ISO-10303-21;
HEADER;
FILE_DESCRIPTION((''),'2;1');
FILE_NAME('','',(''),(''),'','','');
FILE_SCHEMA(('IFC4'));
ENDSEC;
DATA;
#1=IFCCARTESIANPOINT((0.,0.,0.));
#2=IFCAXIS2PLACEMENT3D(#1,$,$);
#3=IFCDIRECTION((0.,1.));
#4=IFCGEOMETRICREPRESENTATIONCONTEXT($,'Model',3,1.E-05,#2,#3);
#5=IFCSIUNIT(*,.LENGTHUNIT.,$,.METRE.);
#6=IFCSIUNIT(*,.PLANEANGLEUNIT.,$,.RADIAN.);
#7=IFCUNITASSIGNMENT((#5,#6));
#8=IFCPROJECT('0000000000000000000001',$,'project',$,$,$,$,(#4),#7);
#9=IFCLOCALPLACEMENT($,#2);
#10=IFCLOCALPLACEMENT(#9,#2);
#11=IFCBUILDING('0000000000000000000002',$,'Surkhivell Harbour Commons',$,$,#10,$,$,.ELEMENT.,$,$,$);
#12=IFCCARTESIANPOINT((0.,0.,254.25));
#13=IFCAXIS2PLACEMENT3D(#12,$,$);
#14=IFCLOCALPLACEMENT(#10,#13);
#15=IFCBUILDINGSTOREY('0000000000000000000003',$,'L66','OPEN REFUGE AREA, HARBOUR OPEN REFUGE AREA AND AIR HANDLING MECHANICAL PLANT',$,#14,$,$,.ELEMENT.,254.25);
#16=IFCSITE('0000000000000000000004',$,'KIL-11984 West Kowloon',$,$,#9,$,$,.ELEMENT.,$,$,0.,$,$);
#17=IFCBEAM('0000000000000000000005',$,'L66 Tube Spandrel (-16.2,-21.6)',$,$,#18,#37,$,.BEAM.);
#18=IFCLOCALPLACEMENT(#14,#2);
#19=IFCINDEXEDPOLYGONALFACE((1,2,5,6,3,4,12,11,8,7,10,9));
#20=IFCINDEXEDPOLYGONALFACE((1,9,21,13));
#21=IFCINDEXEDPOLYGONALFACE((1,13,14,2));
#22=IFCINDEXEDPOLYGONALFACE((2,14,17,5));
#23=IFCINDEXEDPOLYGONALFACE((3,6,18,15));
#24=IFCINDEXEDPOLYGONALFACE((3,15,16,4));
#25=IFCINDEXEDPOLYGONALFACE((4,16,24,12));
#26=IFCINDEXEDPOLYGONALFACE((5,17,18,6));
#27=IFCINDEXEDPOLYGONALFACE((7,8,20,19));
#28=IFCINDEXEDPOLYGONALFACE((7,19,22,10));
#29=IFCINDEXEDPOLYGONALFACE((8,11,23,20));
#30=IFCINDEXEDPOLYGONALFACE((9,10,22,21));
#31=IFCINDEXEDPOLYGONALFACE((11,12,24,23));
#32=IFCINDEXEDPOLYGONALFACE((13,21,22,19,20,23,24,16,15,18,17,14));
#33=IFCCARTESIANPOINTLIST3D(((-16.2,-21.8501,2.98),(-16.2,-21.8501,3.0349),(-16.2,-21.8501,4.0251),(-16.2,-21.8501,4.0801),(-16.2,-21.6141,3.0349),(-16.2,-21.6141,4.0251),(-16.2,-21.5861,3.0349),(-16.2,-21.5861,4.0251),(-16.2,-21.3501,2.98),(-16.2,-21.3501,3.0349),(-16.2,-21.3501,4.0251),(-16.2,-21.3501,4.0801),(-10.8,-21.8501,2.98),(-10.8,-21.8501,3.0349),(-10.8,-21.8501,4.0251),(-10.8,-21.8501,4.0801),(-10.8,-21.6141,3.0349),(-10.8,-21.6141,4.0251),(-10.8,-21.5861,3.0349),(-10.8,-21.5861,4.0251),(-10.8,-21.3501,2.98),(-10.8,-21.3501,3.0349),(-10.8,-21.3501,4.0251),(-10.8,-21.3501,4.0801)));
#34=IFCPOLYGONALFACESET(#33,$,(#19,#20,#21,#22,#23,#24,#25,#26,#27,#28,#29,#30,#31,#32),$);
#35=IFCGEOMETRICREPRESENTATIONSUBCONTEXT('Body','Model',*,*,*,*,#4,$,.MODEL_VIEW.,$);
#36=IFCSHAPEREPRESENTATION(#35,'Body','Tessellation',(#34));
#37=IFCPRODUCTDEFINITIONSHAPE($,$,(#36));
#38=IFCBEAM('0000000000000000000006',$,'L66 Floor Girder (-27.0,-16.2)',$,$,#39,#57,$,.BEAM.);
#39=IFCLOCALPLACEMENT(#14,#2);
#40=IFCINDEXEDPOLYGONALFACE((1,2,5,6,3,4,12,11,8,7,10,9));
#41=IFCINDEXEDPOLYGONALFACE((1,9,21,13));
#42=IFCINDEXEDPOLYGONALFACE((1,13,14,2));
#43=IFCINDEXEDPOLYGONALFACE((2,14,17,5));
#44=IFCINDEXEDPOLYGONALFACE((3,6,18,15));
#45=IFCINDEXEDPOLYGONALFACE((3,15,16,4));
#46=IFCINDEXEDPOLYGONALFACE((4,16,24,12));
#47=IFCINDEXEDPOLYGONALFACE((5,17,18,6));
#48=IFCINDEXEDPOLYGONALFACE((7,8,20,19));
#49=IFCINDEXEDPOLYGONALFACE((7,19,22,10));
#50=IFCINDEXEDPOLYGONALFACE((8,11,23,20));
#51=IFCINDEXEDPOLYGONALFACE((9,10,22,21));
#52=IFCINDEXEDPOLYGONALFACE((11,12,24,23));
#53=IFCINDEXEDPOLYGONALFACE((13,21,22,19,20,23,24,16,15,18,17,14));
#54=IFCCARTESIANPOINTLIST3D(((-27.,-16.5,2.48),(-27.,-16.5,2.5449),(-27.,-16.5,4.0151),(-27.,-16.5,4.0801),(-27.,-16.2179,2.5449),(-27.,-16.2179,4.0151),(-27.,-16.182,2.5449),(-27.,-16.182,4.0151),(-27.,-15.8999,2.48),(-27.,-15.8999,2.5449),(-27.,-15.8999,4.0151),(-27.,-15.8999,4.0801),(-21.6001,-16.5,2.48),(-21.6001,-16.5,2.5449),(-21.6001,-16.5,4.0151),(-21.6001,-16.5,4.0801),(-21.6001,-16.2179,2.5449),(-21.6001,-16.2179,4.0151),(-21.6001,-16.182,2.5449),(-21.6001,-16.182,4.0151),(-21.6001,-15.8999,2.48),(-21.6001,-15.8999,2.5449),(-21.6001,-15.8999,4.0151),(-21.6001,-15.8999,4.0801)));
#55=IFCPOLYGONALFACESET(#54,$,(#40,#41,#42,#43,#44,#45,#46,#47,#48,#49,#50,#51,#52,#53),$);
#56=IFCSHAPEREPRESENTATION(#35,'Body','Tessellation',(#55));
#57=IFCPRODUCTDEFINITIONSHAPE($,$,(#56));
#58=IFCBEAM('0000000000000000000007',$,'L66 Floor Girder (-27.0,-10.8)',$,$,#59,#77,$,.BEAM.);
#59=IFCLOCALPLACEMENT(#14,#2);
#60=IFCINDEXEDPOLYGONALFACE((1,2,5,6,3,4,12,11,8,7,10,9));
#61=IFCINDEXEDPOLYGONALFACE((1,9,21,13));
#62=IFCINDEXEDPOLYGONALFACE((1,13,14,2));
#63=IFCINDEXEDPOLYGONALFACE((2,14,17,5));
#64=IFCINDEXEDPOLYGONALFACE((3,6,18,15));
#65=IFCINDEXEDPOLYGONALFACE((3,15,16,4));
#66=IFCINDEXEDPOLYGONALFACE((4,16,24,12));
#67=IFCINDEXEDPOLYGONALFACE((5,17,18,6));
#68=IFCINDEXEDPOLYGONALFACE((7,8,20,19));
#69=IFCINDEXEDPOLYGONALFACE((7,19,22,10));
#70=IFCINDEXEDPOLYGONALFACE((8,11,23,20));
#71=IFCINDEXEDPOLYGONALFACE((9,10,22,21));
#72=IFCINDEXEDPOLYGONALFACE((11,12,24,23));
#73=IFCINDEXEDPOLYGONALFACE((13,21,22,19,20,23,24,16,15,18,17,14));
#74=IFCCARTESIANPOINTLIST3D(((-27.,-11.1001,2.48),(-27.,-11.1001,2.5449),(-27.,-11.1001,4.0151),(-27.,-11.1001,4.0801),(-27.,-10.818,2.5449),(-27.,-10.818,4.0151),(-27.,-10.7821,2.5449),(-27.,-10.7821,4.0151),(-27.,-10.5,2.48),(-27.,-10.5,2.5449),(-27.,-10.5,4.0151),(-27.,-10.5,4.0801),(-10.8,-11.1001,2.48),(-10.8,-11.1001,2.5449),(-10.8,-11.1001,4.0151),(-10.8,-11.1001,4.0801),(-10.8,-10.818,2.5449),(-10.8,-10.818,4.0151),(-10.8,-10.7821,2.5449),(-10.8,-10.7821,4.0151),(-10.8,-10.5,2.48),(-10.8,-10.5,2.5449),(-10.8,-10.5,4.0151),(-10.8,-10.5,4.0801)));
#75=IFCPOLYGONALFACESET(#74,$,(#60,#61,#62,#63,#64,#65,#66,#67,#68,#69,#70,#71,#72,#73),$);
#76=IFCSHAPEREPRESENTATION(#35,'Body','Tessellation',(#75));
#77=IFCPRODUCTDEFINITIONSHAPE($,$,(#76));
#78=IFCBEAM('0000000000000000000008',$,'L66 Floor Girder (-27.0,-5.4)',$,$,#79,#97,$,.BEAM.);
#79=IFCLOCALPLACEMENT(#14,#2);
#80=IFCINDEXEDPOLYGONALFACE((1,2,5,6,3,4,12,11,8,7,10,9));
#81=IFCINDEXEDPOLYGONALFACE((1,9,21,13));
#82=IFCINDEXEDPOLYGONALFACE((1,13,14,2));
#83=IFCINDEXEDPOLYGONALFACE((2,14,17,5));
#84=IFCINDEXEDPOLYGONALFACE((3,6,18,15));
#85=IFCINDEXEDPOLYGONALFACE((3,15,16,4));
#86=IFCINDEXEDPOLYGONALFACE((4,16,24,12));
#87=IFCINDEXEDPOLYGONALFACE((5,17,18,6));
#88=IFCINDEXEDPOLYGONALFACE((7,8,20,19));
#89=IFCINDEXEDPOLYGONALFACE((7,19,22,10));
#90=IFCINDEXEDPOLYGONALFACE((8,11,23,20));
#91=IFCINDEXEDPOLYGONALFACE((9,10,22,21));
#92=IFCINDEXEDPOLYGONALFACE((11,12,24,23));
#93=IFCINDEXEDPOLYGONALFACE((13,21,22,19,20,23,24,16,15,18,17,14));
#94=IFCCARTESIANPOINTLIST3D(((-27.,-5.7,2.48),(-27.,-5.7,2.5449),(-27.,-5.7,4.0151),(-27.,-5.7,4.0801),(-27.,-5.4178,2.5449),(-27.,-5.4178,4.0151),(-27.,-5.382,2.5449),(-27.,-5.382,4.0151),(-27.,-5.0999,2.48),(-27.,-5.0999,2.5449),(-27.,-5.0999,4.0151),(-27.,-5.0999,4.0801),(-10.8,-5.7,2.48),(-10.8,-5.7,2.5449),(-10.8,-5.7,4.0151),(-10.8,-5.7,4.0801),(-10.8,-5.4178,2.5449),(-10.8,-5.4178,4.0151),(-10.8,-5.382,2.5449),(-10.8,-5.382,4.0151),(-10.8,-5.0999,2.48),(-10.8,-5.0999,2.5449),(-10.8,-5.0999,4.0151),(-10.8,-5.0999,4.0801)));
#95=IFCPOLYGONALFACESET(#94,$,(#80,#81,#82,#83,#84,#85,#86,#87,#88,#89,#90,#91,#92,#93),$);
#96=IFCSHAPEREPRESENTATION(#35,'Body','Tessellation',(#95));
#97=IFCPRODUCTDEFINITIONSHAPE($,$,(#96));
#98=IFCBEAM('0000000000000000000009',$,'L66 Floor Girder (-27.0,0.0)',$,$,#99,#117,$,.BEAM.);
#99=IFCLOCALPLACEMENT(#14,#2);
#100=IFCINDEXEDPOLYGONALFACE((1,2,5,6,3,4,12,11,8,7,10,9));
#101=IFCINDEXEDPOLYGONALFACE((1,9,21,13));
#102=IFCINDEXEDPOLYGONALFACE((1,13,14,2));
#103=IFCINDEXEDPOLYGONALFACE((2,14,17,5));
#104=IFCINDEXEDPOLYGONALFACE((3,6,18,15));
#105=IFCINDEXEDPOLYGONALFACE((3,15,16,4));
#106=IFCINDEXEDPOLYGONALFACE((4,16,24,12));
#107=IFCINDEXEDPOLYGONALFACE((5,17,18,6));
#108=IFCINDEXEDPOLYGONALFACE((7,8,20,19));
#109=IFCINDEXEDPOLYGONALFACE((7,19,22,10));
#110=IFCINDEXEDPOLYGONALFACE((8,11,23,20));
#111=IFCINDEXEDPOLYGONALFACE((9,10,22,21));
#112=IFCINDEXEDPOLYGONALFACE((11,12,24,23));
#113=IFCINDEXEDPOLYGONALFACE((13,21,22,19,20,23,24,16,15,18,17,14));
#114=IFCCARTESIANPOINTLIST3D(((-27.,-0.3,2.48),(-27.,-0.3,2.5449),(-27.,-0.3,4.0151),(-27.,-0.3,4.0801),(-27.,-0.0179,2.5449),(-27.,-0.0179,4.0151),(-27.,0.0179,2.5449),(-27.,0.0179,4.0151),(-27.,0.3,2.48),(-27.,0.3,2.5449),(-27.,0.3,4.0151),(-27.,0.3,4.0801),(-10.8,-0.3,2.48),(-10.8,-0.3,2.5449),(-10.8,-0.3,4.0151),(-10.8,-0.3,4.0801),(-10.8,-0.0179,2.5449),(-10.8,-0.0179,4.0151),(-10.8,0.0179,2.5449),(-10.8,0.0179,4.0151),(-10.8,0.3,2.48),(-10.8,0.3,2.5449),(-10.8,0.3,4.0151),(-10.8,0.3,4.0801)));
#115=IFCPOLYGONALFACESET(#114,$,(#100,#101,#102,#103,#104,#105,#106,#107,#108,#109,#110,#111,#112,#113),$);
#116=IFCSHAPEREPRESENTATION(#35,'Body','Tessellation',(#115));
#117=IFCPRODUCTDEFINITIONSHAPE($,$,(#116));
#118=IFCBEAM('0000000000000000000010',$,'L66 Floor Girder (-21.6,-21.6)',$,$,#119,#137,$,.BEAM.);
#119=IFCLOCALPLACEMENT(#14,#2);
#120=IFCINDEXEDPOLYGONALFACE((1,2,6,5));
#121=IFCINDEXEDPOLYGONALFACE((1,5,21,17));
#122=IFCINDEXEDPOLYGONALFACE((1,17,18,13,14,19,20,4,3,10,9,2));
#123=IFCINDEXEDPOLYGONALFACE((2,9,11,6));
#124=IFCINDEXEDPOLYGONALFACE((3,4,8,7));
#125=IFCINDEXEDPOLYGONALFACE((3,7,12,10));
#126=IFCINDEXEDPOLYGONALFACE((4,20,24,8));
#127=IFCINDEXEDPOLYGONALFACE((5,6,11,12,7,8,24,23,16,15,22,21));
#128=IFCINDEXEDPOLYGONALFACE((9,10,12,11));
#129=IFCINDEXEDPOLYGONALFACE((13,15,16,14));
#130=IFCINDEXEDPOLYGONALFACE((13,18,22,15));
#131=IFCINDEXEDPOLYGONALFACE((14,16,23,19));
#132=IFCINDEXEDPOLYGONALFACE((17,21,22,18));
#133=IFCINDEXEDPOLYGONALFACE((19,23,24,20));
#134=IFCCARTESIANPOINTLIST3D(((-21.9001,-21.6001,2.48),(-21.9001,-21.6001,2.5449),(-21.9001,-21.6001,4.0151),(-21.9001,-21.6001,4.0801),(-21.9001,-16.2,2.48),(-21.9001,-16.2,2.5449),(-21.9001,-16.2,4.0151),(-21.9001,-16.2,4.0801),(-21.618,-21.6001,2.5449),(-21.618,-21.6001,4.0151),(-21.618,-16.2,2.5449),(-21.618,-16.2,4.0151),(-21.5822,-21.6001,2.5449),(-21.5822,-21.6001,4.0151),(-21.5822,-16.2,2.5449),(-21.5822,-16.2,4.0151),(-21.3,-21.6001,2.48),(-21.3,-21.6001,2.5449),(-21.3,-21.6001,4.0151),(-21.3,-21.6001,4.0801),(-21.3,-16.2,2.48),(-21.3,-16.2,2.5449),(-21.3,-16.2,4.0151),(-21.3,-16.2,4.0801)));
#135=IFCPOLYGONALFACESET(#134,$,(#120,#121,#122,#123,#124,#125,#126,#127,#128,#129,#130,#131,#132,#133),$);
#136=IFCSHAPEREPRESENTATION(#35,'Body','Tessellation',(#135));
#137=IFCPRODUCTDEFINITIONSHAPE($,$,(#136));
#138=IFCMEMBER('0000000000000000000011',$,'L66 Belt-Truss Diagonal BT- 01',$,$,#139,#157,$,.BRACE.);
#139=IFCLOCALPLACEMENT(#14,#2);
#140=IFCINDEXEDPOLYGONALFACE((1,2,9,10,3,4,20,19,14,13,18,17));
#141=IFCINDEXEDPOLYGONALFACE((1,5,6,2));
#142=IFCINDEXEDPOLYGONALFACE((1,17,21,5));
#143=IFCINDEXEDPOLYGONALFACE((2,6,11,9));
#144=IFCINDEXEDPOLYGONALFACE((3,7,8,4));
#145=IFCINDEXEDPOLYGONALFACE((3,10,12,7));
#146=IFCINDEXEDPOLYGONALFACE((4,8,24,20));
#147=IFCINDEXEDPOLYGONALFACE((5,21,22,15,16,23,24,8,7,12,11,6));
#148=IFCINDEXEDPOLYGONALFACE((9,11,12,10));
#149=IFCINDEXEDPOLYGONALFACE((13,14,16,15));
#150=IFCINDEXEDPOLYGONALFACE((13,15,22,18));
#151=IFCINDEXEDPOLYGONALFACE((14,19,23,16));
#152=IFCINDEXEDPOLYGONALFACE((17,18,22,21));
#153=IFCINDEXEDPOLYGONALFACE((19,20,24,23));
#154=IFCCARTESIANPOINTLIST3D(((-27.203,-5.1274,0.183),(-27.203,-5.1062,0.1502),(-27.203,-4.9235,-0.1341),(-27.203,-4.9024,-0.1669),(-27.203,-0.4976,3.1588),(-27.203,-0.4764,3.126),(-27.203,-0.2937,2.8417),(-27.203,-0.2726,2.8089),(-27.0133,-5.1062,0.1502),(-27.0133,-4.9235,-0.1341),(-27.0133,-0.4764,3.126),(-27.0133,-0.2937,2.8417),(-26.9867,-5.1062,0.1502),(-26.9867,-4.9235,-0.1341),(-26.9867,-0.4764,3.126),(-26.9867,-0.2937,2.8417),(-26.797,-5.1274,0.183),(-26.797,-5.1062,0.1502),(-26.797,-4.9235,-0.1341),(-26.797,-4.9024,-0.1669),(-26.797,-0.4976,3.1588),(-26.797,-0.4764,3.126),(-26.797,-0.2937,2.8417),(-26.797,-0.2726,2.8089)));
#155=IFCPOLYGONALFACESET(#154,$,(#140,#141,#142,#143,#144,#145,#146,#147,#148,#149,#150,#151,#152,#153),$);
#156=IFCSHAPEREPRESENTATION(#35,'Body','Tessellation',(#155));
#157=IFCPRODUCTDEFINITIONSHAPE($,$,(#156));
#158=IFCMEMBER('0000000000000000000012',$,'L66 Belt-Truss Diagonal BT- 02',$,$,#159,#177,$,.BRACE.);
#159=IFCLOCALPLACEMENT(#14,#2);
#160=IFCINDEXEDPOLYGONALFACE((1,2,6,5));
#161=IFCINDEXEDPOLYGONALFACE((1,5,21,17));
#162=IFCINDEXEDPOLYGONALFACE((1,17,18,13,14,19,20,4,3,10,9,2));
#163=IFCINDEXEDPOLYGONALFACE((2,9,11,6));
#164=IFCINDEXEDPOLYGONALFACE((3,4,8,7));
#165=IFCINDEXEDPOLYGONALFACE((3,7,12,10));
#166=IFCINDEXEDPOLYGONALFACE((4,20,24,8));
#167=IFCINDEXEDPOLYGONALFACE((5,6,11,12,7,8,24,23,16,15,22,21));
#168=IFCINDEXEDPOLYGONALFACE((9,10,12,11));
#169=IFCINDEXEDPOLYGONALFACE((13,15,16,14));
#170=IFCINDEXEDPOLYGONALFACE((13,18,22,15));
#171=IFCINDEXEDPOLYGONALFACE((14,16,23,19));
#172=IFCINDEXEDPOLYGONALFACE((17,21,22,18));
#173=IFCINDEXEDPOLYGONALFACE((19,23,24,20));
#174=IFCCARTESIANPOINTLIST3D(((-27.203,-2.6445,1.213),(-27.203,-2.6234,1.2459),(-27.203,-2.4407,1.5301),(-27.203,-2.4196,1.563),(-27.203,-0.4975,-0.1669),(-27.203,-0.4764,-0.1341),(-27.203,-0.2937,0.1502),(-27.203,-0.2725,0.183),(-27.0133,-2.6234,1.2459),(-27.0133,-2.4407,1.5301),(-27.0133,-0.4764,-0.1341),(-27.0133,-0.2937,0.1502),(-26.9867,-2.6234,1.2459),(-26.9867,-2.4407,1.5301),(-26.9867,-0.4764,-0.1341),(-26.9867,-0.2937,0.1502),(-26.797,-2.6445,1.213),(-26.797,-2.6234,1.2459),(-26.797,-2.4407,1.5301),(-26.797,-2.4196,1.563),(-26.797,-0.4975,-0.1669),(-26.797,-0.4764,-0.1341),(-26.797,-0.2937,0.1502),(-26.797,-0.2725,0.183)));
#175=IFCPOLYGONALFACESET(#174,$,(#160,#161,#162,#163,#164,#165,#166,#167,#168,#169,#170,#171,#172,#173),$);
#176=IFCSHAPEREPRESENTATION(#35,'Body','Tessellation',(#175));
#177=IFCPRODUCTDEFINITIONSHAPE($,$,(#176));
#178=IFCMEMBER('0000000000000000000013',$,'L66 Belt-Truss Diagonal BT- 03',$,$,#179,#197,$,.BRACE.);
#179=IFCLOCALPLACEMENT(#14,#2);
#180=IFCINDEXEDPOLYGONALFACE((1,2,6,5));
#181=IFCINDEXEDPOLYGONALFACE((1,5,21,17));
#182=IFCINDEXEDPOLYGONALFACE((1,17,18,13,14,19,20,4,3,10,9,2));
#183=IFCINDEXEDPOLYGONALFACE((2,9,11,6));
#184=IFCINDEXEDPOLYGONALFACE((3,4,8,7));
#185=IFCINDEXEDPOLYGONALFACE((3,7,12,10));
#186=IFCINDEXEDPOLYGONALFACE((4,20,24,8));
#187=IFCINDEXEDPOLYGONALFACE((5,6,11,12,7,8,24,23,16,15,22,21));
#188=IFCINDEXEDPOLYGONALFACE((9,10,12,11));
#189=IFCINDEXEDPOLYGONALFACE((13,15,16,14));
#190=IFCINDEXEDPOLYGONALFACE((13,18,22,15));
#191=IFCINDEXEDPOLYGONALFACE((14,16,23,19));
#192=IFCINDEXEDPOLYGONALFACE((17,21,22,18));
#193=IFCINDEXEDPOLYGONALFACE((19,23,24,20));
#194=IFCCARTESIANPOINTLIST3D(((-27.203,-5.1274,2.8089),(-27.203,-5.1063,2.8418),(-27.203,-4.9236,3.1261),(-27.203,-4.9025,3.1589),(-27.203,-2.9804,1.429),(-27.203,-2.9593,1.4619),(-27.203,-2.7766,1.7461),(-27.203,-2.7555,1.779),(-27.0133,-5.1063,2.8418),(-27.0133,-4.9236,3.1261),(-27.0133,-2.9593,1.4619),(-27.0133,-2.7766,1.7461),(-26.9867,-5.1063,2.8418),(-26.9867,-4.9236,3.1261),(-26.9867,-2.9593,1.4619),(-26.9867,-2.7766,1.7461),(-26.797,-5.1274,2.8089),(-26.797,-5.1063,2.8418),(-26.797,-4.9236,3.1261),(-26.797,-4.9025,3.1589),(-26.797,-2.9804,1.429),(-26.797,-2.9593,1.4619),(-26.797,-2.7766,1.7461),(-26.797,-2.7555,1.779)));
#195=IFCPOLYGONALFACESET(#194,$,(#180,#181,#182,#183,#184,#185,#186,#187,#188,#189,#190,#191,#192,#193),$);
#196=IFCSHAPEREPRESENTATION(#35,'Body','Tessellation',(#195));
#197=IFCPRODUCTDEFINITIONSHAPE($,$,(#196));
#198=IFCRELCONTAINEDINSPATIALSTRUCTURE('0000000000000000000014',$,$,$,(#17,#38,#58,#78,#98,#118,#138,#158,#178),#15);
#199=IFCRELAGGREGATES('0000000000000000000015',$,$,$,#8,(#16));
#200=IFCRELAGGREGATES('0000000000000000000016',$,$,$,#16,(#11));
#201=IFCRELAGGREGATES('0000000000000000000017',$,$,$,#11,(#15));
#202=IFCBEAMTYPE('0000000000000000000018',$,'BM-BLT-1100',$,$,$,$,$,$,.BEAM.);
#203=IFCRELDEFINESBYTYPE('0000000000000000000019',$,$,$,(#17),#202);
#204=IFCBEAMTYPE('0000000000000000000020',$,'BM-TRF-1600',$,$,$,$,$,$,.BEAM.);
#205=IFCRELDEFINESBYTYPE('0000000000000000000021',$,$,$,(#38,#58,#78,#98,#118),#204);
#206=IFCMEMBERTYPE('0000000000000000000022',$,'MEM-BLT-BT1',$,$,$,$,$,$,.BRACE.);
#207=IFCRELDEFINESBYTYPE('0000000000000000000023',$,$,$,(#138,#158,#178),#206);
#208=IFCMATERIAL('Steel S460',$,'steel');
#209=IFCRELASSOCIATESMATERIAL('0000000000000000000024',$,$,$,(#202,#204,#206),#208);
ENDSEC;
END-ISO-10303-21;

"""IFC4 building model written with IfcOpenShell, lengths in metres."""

from ifc_helpers import new_model, si_unit, direction, frame, origin, origin_2d, place, context, subcontext, project, spatial, i_section, extrude, material, material_profile, profile_set, type_object, element, save


model = new_model("IFC4")

# Units and contexts
model_context = context("Model", 3, precision=1e-05, world=origin(), true_north=direction((0.0, 1.0)))
body_context = subcontext(model_context, "Body", "Model", "MODEL_VIEW")
ifc_project = project(units=[si_unit("LENGTHUNIT", "METRE"), si_unit("PLANEANGLEUNIT", "RADIAN")], contexts=[model_context])

# Site, building, storey
site_placement = place(None, origin())
site = spatial("IfcSite", under=ifc_project, at=site_placement, Name="KIL-11984 West Kowloon", CompositionType="ELEMENT", RefElevation=0.0)
building_placement = place(site_placement, origin())
building = spatial("IfcBuilding", under=site, at=building_placement, Name="Surkhivell Harbour Commons", CompositionType="ELEMENT")
storey_placement = place(building_placement, frame((0.0, 0.0, 254.25)))
storey = spatial("IfcBuildingStorey", under=building, at=storey_placement, Name="L66", Description="OPEN REFUGE AREA, HARBOUR OPEN REFUGE AREA AND AIR HANDLING MECHANICAL PLANT", CompositionType="ELEMENT", Elevation=254.25)

# Beams
ifc_material_1 = material(Name="Steel S460", Category="steel")
ifc_material_profile_1 = material_profile(ifc_material_1, i_section(OverallWidth=0.5, OverallDepth=1.1001, WebThickness=0.0281, FlangeThickness=0.0549, at=origin_2d()), Name="WPG1100x500x210")
ifc_profile_set_1 = profile_set([ifc_material_profile_1], Name="Steel S460")
beam_type_1 = type_object("IfcBeamType", Name="BM-BLT-1100", PredefinedType="BEAM", material=ifc_profile_set_1)
beam_1_placement = place(storey_placement, frame((-16.2, -21.6001, 3.53), z_axis=(1.0, 0.0, 0.0), x_axis=(0.0, 1.0, 0.0)))
element("IfcBeam", 1, at=beam_1_placement, inside=storey, type_object=beam_type_1, Name="L66 Tube Spandrel (-16.2,-21.6)", PredefinedType="BEAM", context=body_context, shape_type="SweptSolid", body=[
    extrude(i_section(OverallWidth=0.5, OverallDepth=1.1001, WebThickness=0.0281, FlangeThickness=0.0549, at=origin_2d()), origin(), (0.0, 0.0, 1.0), 5.3999),
])
ifc_material_profile_2 = material_profile(ifc_material_1, i_section(OverallWidth=0.6001, OverallDepth=1.6001, WebThickness=0.0359, FlangeThickness=0.0649, at=origin_2d()), Name="WPG1600x600x296")
ifc_profile_set_2 = profile_set([ifc_material_profile_2], Name="Steel S460")
beam_type_2 = type_object("IfcBeamType", Name="BM-TRF-1600", PredefinedType="BEAM", material=ifc_profile_set_2)
beam_2_placement = place(storey_placement, frame((-27.0, -16.2, 3.28), z_axis=(1.0, 0.0, 0.0), x_axis=(0.0, 1.0, 0.0)))
element("IfcBeam", 2, at=beam_2_placement, inside=storey, type_object=beam_type_2, Name="L66 Floor Girder (-27.0,-16.2)", PredefinedType="BEAM", context=body_context, shape_type="SweptSolid", body=[
    extrude(i_section(OverallWidth=0.6001, OverallDepth=1.6001, WebThickness=0.0359, FlangeThickness=0.0649, at=origin_2d()), origin(), (0.0, 0.0, 1.0), 5.3999),
])
for number, where, z_axis, x_axis, name in (
    (3, (-27.0, -10.8, 3.28), (1.0, 0.0, 0.0), (0.0, 1.0, 0.0), "L66 Floor Girder (-27.0,-10.8)"),
    (4, (-27.0, -5.3999, 3.28), (1.0, 0.0, 0.0), (0.0, 1.0, 0.0), "L66 Floor Girder (-27.0,-5.4)"),
    (5, (-27.0, 0.0, 3.28), (1.0, 0.0, 0.0), (0.0, 1.0, 0.0), "L66 Floor Girder (-27.0,0.0)"),
):
    element("IfcBeam", number, at=place(storey_placement, frame(where, z_axis=z_axis, x_axis=x_axis)), inside=storey, type_object=beam_type_2, Name=name, PredefinedType="BEAM", context=body_context, shape_type="SweptSolid", body=[
        extrude(i_section(OverallWidth=0.6001, OverallDepth=1.6001, WebThickness=0.0359, FlangeThickness=0.0649, at=origin_2d()), origin(), (0.0, 0.0, 1.0), 16.2),
    ])
beam_3_placement = place(storey_placement, frame((-21.6001, -21.6001, 3.28), z_axis=(0.0, 1.0, 0.0), x_axis=(-1.0, 0.0, 0.0)))
element("IfcBeam", 6, at=beam_3_placement, inside=storey, type_object=beam_type_2, Name="L66 Floor Girder (-21.6,-21.6)", PredefinedType="BEAM", context=body_context, shape_type="SweptSolid", body=[
    extrude(i_section(OverallWidth=0.6001, OverallDepth=1.6001, WebThickness=0.0359, FlangeThickness=0.0649, at=origin_2d()), origin(), (0.0, 0.0, 1.0), 5.4001),
])

# Members
ifc_material_profile_3 = material_profile(ifc_material_1, i_section(OverallWidth=0.406, OverallDepth=0.416, WebThickness=0.0266, FlangeThickness=0.0391, at=origin_2d()), Name="HD400x382")
ifc_profile_set_3 = profile_set([ifc_material_profile_3], Name="Steel S460")
member_type = type_object("IfcMemberType", Name="MEM-BLT-BT1", PredefinedType="BRACE", material=ifc_profile_set_3)
member_1_placement = place(storey_placement, frame((-27.0, -5.0149, 0.0081), z_axis=(0.0, 0.841222, 0.54069), x_axis=(-1.0, 0.0, 0.0)))
element("IfcMember", 7, at=member_1_placement, inside=storey, type_object=member_type, Name="L66 Belt-Truss Diagonal BT- 01", PredefinedType="BRACE", context=body_context, shape_type="SweptSolid", body=[
    extrude(i_section(OverallWidth=0.406, OverallDepth=0.416, WebThickness=0.0266, FlangeThickness=0.0391, at=origin_2d()), origin(), (0.0, 0.0, 1.0), 5.5037),
])
for number, where, z_axis, x_axis, name in (
    (8, (-27.0, -0.385, 0.0081), (0.0, -0.841234, 0.540671), (1.0, 0.0, 0.0), "L66 Belt-Truss Diagonal BT- 02"),
    (9, (-27.0, -2.8679, 1.604), (0.0, -0.841234, 0.540671), (1.0, 0.0, 0.0), "L66 Belt-Truss Diagonal BT- 03"),
):
    element("IfcMember", number, at=place(storey_placement, frame(where, z_axis=z_axis, x_axis=x_axis)), inside=storey, type_object=member_type, Name=name, PredefinedType="BRACE", context=body_context, shape_type="SweptSolid", body=[
        extrude(i_section(OverallWidth=0.406, OverallDepth=0.416, WebThickness=0.0266, FlangeThickness=0.0391, at=origin_2d()), origin(), (0.0, 0.0, 1.0), 2.5522),
    ])

save(model, "model.ifc")
